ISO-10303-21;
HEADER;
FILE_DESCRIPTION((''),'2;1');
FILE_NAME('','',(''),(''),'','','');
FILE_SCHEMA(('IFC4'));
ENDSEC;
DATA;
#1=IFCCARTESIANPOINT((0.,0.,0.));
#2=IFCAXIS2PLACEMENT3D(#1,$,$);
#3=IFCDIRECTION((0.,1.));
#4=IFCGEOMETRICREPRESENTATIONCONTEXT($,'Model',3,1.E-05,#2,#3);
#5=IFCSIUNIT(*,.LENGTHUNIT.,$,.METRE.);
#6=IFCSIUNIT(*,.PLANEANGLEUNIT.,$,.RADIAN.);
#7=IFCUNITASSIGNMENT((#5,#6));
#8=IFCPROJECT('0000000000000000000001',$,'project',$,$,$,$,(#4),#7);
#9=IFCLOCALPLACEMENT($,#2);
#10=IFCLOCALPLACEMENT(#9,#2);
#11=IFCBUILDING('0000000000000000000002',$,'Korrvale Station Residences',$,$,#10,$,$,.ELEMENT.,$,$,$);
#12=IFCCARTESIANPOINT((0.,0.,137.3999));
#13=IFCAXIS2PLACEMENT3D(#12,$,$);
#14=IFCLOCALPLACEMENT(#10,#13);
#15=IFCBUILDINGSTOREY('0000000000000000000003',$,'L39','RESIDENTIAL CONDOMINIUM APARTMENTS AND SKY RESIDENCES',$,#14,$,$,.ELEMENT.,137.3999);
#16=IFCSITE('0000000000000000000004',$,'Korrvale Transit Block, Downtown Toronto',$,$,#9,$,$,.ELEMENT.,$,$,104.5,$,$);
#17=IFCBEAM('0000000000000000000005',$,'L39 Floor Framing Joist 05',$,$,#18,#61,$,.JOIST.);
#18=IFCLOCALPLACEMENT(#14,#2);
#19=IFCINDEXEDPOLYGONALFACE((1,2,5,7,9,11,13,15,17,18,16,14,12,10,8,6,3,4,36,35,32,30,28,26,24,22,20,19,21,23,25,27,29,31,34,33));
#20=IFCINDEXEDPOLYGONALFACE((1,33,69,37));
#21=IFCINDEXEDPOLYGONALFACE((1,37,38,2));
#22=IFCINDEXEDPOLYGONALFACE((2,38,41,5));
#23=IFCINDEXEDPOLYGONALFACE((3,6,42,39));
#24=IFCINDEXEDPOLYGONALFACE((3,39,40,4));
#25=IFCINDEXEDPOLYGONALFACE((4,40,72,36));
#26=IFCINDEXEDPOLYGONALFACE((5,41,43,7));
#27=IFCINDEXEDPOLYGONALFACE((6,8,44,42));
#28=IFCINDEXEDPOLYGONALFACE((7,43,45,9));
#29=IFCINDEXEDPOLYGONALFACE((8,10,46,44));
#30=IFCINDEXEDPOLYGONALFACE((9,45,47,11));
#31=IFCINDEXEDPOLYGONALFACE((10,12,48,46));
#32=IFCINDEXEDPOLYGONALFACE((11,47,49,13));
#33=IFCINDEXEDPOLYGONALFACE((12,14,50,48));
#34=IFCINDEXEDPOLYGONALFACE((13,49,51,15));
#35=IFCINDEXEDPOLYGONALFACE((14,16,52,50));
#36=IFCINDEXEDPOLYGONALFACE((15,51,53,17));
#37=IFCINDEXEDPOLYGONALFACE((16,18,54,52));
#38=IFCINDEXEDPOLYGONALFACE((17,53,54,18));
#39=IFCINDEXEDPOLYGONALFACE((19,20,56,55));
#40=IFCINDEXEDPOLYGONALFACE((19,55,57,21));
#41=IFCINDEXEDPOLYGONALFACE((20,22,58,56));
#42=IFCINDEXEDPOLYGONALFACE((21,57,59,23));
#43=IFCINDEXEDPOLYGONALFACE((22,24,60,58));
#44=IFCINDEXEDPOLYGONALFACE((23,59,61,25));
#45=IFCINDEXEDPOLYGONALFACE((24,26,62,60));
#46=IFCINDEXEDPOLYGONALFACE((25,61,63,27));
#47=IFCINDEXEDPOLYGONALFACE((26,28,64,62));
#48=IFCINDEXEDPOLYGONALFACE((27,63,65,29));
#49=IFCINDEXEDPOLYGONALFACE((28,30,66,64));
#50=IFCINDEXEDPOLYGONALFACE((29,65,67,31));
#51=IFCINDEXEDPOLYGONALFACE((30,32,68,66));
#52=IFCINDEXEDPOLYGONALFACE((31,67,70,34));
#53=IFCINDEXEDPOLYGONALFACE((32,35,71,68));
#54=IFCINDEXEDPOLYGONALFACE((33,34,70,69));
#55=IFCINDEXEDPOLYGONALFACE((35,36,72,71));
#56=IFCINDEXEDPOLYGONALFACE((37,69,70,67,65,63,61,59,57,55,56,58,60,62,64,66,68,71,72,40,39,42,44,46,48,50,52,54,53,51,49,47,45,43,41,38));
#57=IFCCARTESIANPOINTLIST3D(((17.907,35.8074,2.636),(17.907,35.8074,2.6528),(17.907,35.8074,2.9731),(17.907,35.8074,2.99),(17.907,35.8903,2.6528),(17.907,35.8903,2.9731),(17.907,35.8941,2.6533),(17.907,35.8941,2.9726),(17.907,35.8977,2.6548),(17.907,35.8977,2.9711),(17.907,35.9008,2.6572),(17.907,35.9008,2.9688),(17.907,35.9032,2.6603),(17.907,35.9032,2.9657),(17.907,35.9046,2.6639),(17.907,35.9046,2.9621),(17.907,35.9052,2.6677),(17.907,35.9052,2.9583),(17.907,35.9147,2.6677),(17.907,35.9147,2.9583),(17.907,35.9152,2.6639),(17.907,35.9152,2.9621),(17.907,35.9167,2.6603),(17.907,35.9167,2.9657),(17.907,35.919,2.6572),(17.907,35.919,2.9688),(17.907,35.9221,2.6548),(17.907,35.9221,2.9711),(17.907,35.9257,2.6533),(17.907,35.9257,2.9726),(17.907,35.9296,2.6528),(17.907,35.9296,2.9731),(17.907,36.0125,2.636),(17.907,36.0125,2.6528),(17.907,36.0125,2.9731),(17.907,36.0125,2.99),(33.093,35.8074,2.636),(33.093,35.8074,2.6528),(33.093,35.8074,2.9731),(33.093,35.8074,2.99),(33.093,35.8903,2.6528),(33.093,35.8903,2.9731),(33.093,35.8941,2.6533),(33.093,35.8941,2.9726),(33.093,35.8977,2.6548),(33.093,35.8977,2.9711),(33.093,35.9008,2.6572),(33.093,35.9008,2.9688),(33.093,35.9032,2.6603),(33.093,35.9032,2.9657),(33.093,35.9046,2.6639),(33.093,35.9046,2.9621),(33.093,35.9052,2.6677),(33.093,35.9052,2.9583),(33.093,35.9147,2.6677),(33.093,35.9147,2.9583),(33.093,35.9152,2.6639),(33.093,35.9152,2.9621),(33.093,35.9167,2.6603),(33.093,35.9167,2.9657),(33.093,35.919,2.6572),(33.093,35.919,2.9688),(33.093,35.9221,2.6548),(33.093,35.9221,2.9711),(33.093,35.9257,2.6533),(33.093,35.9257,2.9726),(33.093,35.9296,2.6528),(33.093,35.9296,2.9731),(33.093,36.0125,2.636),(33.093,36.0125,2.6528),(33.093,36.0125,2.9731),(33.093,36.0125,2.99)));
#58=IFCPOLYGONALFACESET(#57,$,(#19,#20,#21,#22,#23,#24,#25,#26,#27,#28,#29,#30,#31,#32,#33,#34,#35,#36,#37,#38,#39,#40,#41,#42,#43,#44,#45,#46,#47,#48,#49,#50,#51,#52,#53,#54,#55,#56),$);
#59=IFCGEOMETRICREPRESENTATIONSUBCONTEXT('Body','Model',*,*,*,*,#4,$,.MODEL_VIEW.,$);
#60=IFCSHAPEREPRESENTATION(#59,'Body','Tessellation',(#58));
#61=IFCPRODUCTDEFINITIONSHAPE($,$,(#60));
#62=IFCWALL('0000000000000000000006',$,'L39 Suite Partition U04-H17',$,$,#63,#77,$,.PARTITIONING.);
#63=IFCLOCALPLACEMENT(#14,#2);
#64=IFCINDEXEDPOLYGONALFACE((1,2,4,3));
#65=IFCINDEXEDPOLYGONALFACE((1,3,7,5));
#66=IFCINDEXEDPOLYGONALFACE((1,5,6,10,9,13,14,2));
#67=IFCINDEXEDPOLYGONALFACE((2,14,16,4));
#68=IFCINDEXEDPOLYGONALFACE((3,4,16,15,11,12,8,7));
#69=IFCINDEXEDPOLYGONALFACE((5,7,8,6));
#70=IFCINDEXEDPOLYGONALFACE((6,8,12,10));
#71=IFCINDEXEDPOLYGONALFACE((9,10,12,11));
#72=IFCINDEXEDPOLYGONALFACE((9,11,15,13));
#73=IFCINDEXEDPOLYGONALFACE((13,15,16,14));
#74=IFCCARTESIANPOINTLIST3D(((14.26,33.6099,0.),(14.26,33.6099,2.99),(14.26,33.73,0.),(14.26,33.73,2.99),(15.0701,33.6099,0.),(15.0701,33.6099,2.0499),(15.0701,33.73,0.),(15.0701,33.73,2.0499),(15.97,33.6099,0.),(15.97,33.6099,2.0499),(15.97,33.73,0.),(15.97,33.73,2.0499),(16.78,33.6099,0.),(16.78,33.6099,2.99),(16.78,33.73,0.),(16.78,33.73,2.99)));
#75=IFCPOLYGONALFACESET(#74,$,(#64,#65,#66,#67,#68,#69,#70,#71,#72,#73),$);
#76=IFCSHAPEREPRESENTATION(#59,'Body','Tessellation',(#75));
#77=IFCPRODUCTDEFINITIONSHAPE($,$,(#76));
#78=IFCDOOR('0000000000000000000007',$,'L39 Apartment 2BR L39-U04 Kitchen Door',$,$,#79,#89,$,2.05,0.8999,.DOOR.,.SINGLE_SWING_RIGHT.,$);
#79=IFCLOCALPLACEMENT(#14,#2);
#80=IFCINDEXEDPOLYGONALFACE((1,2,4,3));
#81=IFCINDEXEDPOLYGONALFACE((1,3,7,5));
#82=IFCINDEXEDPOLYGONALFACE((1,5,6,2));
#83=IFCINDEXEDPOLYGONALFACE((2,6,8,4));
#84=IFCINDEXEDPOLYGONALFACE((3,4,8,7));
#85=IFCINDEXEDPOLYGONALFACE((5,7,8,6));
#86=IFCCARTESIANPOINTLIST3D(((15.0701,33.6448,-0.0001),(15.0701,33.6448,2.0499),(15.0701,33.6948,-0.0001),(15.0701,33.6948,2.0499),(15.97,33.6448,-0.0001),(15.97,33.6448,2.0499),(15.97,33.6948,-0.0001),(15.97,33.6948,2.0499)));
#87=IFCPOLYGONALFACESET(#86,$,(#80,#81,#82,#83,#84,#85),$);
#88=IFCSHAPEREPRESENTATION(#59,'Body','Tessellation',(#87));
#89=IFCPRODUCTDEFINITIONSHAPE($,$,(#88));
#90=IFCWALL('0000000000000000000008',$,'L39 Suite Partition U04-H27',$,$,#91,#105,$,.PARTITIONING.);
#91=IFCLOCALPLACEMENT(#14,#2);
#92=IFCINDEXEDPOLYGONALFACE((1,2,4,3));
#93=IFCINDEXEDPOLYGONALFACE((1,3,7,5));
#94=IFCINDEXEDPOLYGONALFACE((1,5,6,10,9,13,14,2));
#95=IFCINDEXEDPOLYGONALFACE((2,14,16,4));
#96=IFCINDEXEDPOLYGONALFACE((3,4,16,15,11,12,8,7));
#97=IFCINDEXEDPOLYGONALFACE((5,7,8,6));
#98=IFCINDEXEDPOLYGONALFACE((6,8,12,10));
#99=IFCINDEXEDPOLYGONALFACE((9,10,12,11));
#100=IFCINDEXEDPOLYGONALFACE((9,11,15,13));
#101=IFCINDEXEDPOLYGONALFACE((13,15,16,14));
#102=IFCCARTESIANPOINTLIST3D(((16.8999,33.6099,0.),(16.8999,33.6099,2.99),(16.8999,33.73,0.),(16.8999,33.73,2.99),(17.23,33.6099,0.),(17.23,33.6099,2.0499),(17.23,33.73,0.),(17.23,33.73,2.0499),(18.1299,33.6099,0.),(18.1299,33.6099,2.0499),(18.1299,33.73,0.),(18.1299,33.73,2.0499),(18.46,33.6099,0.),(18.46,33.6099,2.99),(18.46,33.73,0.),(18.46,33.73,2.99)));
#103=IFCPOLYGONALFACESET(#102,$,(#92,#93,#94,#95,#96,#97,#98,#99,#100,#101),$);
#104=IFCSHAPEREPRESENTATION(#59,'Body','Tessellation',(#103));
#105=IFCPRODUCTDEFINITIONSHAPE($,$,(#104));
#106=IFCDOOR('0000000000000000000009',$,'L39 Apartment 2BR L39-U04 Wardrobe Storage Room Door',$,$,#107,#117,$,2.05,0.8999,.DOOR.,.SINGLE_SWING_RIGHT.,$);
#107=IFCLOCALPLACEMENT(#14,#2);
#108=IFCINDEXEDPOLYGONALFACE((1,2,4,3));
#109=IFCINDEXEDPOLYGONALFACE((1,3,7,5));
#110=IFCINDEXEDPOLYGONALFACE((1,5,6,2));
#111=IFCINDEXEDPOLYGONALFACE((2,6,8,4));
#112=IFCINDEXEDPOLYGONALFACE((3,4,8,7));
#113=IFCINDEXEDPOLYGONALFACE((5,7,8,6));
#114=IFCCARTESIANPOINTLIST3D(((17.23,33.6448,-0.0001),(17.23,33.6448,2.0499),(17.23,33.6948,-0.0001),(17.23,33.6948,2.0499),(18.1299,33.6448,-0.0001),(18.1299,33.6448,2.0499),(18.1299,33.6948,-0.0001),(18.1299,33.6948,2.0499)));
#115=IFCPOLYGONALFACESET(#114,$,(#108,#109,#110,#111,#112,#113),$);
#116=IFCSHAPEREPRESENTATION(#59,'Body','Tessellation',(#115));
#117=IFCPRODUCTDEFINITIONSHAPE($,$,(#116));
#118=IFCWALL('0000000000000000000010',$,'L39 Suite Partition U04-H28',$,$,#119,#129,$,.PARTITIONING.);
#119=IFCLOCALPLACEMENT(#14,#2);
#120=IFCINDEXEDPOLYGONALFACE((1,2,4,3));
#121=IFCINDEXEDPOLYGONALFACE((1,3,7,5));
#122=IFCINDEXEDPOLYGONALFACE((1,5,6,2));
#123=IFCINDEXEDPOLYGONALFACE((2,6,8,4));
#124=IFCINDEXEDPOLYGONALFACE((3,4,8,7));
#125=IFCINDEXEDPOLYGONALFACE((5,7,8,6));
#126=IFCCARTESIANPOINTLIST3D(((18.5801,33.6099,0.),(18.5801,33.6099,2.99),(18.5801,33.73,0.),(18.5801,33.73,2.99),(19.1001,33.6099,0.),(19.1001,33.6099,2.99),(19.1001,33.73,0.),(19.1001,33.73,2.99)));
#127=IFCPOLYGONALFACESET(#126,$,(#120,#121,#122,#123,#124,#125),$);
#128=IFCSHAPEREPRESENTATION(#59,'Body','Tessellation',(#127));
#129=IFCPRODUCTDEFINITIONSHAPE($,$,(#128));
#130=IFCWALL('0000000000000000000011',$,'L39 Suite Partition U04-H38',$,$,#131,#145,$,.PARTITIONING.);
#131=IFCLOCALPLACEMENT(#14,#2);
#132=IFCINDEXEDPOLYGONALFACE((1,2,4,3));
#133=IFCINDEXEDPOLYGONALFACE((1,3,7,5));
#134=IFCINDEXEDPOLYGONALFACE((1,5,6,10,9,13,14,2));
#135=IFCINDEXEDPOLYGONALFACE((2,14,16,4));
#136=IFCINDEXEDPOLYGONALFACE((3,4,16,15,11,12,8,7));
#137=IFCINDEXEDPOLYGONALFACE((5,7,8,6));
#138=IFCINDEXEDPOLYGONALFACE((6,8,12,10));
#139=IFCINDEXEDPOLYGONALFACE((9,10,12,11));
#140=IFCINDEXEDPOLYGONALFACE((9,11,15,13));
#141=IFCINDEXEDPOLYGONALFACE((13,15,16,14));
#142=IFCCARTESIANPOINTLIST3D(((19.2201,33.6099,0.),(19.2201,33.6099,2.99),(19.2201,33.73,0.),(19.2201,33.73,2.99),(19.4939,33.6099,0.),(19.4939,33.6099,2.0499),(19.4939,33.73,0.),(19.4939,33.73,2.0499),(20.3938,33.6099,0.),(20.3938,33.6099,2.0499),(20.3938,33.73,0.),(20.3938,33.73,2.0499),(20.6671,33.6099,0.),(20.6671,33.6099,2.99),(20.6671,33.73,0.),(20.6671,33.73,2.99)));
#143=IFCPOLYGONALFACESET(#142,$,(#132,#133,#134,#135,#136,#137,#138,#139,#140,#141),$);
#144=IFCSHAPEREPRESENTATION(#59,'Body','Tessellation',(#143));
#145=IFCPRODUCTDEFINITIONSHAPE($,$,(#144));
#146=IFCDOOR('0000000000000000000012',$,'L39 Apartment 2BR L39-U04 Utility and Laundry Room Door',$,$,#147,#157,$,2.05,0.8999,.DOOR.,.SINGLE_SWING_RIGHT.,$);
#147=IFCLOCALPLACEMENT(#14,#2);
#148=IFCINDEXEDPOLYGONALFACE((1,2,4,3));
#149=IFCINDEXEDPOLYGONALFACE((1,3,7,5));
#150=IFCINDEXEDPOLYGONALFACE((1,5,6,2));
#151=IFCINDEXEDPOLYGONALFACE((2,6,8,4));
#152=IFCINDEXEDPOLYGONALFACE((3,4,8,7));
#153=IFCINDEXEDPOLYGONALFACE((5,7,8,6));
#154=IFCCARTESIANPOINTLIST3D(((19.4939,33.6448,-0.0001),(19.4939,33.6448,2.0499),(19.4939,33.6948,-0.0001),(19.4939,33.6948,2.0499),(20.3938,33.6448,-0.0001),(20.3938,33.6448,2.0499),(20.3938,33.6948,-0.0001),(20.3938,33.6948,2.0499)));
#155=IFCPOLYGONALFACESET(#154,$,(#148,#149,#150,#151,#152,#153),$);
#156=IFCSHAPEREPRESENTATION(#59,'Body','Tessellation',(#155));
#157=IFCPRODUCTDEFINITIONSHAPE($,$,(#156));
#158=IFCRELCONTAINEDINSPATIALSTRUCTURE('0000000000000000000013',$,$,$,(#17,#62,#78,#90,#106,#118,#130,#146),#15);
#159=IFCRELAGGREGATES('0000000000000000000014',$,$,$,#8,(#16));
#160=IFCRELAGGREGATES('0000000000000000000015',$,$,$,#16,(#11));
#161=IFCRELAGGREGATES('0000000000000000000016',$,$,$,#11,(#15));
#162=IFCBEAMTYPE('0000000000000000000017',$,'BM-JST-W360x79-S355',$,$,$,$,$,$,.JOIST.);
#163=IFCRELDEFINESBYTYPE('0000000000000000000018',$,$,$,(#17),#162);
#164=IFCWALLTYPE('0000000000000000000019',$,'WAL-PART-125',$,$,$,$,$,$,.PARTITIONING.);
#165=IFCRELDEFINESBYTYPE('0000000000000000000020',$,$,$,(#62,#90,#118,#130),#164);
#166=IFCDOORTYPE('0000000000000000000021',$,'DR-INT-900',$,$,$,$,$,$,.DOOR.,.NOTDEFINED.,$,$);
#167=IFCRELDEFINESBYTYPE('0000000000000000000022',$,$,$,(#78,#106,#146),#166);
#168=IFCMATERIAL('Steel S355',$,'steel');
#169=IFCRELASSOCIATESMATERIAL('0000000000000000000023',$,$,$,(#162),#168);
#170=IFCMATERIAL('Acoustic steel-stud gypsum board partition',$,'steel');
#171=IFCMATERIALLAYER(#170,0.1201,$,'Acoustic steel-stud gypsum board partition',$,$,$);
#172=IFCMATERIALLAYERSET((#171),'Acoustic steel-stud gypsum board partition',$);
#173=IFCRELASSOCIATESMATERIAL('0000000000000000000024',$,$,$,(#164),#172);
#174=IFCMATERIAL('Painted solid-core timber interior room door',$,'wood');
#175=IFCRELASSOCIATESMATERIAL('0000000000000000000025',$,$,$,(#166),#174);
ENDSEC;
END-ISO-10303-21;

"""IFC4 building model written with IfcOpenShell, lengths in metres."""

from ifc_helpers import new_model, si_unit, direction, frame, frame_2d, origin, origin_2d, place, context, subcontext, project, spatial, rectangle, i_section, extrude, material, layer, layer_set, material_profile, profile_set, type_object, element, fill, save


model = new_model("IFC4")

# Units and contexts
model_context = context("Model", 3, precision=1e-05, world=origin(), true_north=direction((0.0, 1.0)))
body_context = subcontext(model_context, "Body", "Model", "MODEL_VIEW")
ifc_project = project(units=[si_unit("LENGTHUNIT", "METRE"), si_unit("PLANEANGLEUNIT", "RADIAN")], contexts=[model_context])

# Site, building, storey
site_placement = place(None, origin())
site = spatial("IfcSite", under=ifc_project, at=site_placement, Name="Korrvale Transit Block, Downtown Toronto", CompositionType="ELEMENT", RefElevation=104.5)
building_placement = place(site_placement, origin())
building = spatial("IfcBuilding", under=site, at=building_placement, Name="Korrvale Station Residences", CompositionType="ELEMENT")
storey_placement = place(building_placement, frame((0.0, 0.0, 137.3999)))
storey = spatial("IfcBuildingStorey", under=building, at=storey_placement, Name="L39", Description="RESIDENTIAL CONDOMINIUM APARTMENTS AND SKY RESIDENCES", CompositionType="ELEMENT", Elevation=137.3999)

# Beam
ifc_material_1 = material(Name="Steel S355", Category="steel")
ifc_material_profile = material_profile(ifc_material_1, i_section(OverallWidth=0.2051, OverallDepth=0.354, WebThickness=0.0095, FlangeThickness=0.0168, FilletRadius=0.0149, at=origin_2d()), Name="W360x79")
ifc_profile_set = profile_set([ifc_material_profile], Name="Steel S355")
beam_type = type_object("IfcBeamType", Name="BM-JST-W360x79-S355", PredefinedType="JOIST", material=ifc_profile_set)
beam_placement = place(storey_placement, frame((17.907, 35.9099, 2.813), z_axis=(1.0, 0.0, 0.0), x_axis=(0.0, 1.0, 0.0)))
element("IfcBeam", 1, at=beam_placement, inside=storey, type_object=beam_type, Name="L39 Floor Framing Joist 05", PredefinedType="JOIST", context=body_context, shape_type="SweptSolid", body=[
    extrude(i_section(OverallWidth=0.2051, OverallDepth=0.354, WebThickness=0.0095, FlangeThickness=0.0168, FilletRadius=0.0149, at=origin_2d()), origin(), (0.0, 0.0, 1.0), 15.186),
])

# Walls, openings, doors
ifc_material_2 = material(Name="Acoustic steel-stud gypsum board partition", Category="steel")
ifc_layer = layer(ifc_material_2, 0.1201, Name="Acoustic steel-stud gypsum board partition")
ifc_layer_set = layer_set([ifc_layer], Name="Acoustic steel-stud gypsum board partition")
wall_type = type_object("IfcWallType", Name="WAL-PART-125", PredefinedType="PARTITIONING", material=ifc_layer_set)
wall_1_placement = place(storey_placement, frame((14.26, 33.6699, 0.0), z_axis=(0.0, 0.0, 1.0), x_axis=(1.0, 0.0, 0.0)))
wall_1 = element("IfcWall", 2, at=wall_1_placement, inside=storey, type_object=wall_type, Name="L39 Suite Partition U04-H17", PredefinedType="PARTITIONING", context=body_context, shape_type="SweptSolid", body=[
    extrude(rectangle(XDim=2.52, YDim=0.1201, at=frame_2d((1.26, 0.0))), origin(), (0.0, 0.0, 1.0), 2.99),
])
opening_1_placement = place(wall_1_placement, frame((0.8101, 0.0, 0.0)))
opening_1 = element("IfcOpeningElement", 3, at=opening_1_placement, cuts=wall_1, PredefinedType="OPENING", context=body_context, shape_type="SweptSolid", body=[
    extrude(rectangle(XDim=0.8999, YDim=2.05, at=frame_2d((0.45, 1.0249))), frame((0.0, 0.0701, 0.0), z_axis=(0.0, -1.0, 0.0), x_axis=(1.0, 0.0, 0.0)), (0.0, 0.0, 1.0), 0.1401),
])
ifc_material_3 = material(Name="Painted solid-core timber interior room door", Category="wood")
door_type = type_object("IfcDoorType", Name="DR-INT-900", OperationType="NOTDEFINED", PredefinedType="DOOR", material=ifc_material_3)
door_1_placement = place(opening_1_placement, origin())
door_1 = element("IfcDoor", 4, at=door_1_placement, inside=storey, type_object=door_type, Name="L39 Apartment 2BR L39-U04 Kitchen Door", OperationType="SINGLE_SWING_RIGHT", OverallHeight=2.05, OverallWidth=0.8999, PredefinedType="DOOR", context=body_context, shape_type="SweptSolid", body=[
    extrude(rectangle(XDim=0.8999, YDim=2.05, at=frame_2d((0.45, 1.0249))), frame((0.0, 0.0249, 0.0), z_axis=(0.0, -1.0, 0.0), x_axis=(1.0, 0.0, 0.0)), (0.0, 0.0, 1.0), 0.05),
])
fill(opening_1, door_1)
wall_2_placement = place(storey_placement, frame((16.8999, 33.6699, 0.0), z_axis=(0.0, 0.0, 1.0), x_axis=(1.0, 0.0, 0.0)))
wall_2 = element("IfcWall", 5, at=wall_2_placement, inside=storey, type_object=wall_type, Name="L39 Suite Partition U04-H27", PredefinedType="PARTITIONING", context=body_context, shape_type="SweptSolid", body=[
    extrude(rectangle(XDim=1.5601, YDim=0.1201, at=frame_2d((0.78, 0.0))), origin(), (0.0, 0.0, 1.0), 2.99),
])
opening_2_placement = place(wall_2_placement, frame((0.3301, 0.0, 0.0)))
opening_2 = element("IfcOpeningElement", 6, at=opening_2_placement, cuts=wall_2, PredefinedType="OPENING", context=body_context, shape_type="SweptSolid", body=[
    extrude(rectangle(XDim=0.8999, YDim=2.05, at=frame_2d((0.45, 1.0249))), frame((0.0, 0.0701, 0.0), z_axis=(0.0, -1.0, 0.0), x_axis=(1.0, 0.0, 0.0)), (0.0, 0.0, 1.0), 0.1401),
])
door_2_placement = place(opening_2_placement, origin())
door_2 = element("IfcDoor", 7, at=door_2_placement, inside=storey, type_object=door_type, Name="L39 Apartment 2BR L39-U04 Wardrobe Storage Room Door", OperationType="SINGLE_SWING_RIGHT", OverallHeight=2.05, OverallWidth=0.8999, PredefinedType="DOOR", context=body_context, shape_type="SweptSolid", body=[
    extrude(rectangle(XDim=0.8999, YDim=2.05, at=frame_2d((0.45, 1.0249))), frame((0.0, 0.0249, 0.0), z_axis=(0.0, -1.0, 0.0), x_axis=(1.0, 0.0, 0.0)), (0.0, 0.0, 1.0), 0.05),
])
fill(opening_2, door_2)

# Wall
wall_3_placement = place(storey_placement, frame((18.5801, 33.6699, 0.0), z_axis=(0.0, 0.0, 1.0), x_axis=(1.0, 0.0, 0.0)))
element("IfcWall", 8, at=wall_3_placement, inside=storey, type_object=wall_type, Name="L39 Suite Partition U04-H28", PredefinedType="PARTITIONING", context=body_context, shape_type="SweptSolid", body=[
    extrude(rectangle(XDim=0.52, YDim=0.1201, at=frame_2d((0.26, 0.0))), origin(), (0.0, 0.0, 1.0), 2.99),
])

# Wall, opening, door
wall_4_placement = place(storey_placement, frame((19.22, 33.6699, 0.0), z_axis=(0.0, 0.0, 1.0), x_axis=(1.0, 0.0, 0.0)))
wall_4 = element("IfcWall", 9, at=wall_4_placement, inside=storey, type_object=wall_type, Name="L39 Suite Partition U04-H38", PredefinedType="PARTITIONING", context=body_context, shape_type="SweptSolid", body=[
    extrude(rectangle(XDim=1.447, YDim=0.1201, at=frame_2d((0.7236, 0.0))), origin(), (0.0, 0.0, 1.0), 2.99),
])
opening_3_placement = place(wall_4_placement, frame((0.2739, 0.0, 0.0)))
opening_3 = element("IfcOpeningElement", 10, at=opening_3_placement, cuts=wall_4, PredefinedType="OPENING", context=body_context, shape_type="SweptSolid", body=[
    extrude(rectangle(XDim=0.8999, YDim=2.05, at=frame_2d((0.45, 1.0249))), frame((0.0, 0.0701, 0.0), z_axis=(0.0, -1.0, 0.0), x_axis=(1.0, 0.0, 0.0)), (0.0, 0.0, 1.0), 0.1401),
])
door_3_placement = place(opening_3_placement, origin())
door_3 = element("IfcDoor", 11, at=door_3_placement, inside=storey, type_object=door_type, Name="L39 Apartment 2BR L39-U04 Utility and Laundry Room Door", OperationType="SINGLE_SWING_RIGHT", OverallHeight=2.05, OverallWidth=0.8999, PredefinedType="DOOR", context=body_context, shape_type="SweptSolid", body=[
    extrude(rectangle(XDim=0.8999, YDim=2.05, at=frame_2d((0.45, 1.0249))), frame((0.0, 0.0249, 0.0), z_axis=(0.0, -1.0, 0.0), x_axis=(1.0, 0.0, 0.0)), (0.0, 0.0, 1.0), 0.05),
])
fill(opening_3, door_3)

save(model, "model.ifc")
